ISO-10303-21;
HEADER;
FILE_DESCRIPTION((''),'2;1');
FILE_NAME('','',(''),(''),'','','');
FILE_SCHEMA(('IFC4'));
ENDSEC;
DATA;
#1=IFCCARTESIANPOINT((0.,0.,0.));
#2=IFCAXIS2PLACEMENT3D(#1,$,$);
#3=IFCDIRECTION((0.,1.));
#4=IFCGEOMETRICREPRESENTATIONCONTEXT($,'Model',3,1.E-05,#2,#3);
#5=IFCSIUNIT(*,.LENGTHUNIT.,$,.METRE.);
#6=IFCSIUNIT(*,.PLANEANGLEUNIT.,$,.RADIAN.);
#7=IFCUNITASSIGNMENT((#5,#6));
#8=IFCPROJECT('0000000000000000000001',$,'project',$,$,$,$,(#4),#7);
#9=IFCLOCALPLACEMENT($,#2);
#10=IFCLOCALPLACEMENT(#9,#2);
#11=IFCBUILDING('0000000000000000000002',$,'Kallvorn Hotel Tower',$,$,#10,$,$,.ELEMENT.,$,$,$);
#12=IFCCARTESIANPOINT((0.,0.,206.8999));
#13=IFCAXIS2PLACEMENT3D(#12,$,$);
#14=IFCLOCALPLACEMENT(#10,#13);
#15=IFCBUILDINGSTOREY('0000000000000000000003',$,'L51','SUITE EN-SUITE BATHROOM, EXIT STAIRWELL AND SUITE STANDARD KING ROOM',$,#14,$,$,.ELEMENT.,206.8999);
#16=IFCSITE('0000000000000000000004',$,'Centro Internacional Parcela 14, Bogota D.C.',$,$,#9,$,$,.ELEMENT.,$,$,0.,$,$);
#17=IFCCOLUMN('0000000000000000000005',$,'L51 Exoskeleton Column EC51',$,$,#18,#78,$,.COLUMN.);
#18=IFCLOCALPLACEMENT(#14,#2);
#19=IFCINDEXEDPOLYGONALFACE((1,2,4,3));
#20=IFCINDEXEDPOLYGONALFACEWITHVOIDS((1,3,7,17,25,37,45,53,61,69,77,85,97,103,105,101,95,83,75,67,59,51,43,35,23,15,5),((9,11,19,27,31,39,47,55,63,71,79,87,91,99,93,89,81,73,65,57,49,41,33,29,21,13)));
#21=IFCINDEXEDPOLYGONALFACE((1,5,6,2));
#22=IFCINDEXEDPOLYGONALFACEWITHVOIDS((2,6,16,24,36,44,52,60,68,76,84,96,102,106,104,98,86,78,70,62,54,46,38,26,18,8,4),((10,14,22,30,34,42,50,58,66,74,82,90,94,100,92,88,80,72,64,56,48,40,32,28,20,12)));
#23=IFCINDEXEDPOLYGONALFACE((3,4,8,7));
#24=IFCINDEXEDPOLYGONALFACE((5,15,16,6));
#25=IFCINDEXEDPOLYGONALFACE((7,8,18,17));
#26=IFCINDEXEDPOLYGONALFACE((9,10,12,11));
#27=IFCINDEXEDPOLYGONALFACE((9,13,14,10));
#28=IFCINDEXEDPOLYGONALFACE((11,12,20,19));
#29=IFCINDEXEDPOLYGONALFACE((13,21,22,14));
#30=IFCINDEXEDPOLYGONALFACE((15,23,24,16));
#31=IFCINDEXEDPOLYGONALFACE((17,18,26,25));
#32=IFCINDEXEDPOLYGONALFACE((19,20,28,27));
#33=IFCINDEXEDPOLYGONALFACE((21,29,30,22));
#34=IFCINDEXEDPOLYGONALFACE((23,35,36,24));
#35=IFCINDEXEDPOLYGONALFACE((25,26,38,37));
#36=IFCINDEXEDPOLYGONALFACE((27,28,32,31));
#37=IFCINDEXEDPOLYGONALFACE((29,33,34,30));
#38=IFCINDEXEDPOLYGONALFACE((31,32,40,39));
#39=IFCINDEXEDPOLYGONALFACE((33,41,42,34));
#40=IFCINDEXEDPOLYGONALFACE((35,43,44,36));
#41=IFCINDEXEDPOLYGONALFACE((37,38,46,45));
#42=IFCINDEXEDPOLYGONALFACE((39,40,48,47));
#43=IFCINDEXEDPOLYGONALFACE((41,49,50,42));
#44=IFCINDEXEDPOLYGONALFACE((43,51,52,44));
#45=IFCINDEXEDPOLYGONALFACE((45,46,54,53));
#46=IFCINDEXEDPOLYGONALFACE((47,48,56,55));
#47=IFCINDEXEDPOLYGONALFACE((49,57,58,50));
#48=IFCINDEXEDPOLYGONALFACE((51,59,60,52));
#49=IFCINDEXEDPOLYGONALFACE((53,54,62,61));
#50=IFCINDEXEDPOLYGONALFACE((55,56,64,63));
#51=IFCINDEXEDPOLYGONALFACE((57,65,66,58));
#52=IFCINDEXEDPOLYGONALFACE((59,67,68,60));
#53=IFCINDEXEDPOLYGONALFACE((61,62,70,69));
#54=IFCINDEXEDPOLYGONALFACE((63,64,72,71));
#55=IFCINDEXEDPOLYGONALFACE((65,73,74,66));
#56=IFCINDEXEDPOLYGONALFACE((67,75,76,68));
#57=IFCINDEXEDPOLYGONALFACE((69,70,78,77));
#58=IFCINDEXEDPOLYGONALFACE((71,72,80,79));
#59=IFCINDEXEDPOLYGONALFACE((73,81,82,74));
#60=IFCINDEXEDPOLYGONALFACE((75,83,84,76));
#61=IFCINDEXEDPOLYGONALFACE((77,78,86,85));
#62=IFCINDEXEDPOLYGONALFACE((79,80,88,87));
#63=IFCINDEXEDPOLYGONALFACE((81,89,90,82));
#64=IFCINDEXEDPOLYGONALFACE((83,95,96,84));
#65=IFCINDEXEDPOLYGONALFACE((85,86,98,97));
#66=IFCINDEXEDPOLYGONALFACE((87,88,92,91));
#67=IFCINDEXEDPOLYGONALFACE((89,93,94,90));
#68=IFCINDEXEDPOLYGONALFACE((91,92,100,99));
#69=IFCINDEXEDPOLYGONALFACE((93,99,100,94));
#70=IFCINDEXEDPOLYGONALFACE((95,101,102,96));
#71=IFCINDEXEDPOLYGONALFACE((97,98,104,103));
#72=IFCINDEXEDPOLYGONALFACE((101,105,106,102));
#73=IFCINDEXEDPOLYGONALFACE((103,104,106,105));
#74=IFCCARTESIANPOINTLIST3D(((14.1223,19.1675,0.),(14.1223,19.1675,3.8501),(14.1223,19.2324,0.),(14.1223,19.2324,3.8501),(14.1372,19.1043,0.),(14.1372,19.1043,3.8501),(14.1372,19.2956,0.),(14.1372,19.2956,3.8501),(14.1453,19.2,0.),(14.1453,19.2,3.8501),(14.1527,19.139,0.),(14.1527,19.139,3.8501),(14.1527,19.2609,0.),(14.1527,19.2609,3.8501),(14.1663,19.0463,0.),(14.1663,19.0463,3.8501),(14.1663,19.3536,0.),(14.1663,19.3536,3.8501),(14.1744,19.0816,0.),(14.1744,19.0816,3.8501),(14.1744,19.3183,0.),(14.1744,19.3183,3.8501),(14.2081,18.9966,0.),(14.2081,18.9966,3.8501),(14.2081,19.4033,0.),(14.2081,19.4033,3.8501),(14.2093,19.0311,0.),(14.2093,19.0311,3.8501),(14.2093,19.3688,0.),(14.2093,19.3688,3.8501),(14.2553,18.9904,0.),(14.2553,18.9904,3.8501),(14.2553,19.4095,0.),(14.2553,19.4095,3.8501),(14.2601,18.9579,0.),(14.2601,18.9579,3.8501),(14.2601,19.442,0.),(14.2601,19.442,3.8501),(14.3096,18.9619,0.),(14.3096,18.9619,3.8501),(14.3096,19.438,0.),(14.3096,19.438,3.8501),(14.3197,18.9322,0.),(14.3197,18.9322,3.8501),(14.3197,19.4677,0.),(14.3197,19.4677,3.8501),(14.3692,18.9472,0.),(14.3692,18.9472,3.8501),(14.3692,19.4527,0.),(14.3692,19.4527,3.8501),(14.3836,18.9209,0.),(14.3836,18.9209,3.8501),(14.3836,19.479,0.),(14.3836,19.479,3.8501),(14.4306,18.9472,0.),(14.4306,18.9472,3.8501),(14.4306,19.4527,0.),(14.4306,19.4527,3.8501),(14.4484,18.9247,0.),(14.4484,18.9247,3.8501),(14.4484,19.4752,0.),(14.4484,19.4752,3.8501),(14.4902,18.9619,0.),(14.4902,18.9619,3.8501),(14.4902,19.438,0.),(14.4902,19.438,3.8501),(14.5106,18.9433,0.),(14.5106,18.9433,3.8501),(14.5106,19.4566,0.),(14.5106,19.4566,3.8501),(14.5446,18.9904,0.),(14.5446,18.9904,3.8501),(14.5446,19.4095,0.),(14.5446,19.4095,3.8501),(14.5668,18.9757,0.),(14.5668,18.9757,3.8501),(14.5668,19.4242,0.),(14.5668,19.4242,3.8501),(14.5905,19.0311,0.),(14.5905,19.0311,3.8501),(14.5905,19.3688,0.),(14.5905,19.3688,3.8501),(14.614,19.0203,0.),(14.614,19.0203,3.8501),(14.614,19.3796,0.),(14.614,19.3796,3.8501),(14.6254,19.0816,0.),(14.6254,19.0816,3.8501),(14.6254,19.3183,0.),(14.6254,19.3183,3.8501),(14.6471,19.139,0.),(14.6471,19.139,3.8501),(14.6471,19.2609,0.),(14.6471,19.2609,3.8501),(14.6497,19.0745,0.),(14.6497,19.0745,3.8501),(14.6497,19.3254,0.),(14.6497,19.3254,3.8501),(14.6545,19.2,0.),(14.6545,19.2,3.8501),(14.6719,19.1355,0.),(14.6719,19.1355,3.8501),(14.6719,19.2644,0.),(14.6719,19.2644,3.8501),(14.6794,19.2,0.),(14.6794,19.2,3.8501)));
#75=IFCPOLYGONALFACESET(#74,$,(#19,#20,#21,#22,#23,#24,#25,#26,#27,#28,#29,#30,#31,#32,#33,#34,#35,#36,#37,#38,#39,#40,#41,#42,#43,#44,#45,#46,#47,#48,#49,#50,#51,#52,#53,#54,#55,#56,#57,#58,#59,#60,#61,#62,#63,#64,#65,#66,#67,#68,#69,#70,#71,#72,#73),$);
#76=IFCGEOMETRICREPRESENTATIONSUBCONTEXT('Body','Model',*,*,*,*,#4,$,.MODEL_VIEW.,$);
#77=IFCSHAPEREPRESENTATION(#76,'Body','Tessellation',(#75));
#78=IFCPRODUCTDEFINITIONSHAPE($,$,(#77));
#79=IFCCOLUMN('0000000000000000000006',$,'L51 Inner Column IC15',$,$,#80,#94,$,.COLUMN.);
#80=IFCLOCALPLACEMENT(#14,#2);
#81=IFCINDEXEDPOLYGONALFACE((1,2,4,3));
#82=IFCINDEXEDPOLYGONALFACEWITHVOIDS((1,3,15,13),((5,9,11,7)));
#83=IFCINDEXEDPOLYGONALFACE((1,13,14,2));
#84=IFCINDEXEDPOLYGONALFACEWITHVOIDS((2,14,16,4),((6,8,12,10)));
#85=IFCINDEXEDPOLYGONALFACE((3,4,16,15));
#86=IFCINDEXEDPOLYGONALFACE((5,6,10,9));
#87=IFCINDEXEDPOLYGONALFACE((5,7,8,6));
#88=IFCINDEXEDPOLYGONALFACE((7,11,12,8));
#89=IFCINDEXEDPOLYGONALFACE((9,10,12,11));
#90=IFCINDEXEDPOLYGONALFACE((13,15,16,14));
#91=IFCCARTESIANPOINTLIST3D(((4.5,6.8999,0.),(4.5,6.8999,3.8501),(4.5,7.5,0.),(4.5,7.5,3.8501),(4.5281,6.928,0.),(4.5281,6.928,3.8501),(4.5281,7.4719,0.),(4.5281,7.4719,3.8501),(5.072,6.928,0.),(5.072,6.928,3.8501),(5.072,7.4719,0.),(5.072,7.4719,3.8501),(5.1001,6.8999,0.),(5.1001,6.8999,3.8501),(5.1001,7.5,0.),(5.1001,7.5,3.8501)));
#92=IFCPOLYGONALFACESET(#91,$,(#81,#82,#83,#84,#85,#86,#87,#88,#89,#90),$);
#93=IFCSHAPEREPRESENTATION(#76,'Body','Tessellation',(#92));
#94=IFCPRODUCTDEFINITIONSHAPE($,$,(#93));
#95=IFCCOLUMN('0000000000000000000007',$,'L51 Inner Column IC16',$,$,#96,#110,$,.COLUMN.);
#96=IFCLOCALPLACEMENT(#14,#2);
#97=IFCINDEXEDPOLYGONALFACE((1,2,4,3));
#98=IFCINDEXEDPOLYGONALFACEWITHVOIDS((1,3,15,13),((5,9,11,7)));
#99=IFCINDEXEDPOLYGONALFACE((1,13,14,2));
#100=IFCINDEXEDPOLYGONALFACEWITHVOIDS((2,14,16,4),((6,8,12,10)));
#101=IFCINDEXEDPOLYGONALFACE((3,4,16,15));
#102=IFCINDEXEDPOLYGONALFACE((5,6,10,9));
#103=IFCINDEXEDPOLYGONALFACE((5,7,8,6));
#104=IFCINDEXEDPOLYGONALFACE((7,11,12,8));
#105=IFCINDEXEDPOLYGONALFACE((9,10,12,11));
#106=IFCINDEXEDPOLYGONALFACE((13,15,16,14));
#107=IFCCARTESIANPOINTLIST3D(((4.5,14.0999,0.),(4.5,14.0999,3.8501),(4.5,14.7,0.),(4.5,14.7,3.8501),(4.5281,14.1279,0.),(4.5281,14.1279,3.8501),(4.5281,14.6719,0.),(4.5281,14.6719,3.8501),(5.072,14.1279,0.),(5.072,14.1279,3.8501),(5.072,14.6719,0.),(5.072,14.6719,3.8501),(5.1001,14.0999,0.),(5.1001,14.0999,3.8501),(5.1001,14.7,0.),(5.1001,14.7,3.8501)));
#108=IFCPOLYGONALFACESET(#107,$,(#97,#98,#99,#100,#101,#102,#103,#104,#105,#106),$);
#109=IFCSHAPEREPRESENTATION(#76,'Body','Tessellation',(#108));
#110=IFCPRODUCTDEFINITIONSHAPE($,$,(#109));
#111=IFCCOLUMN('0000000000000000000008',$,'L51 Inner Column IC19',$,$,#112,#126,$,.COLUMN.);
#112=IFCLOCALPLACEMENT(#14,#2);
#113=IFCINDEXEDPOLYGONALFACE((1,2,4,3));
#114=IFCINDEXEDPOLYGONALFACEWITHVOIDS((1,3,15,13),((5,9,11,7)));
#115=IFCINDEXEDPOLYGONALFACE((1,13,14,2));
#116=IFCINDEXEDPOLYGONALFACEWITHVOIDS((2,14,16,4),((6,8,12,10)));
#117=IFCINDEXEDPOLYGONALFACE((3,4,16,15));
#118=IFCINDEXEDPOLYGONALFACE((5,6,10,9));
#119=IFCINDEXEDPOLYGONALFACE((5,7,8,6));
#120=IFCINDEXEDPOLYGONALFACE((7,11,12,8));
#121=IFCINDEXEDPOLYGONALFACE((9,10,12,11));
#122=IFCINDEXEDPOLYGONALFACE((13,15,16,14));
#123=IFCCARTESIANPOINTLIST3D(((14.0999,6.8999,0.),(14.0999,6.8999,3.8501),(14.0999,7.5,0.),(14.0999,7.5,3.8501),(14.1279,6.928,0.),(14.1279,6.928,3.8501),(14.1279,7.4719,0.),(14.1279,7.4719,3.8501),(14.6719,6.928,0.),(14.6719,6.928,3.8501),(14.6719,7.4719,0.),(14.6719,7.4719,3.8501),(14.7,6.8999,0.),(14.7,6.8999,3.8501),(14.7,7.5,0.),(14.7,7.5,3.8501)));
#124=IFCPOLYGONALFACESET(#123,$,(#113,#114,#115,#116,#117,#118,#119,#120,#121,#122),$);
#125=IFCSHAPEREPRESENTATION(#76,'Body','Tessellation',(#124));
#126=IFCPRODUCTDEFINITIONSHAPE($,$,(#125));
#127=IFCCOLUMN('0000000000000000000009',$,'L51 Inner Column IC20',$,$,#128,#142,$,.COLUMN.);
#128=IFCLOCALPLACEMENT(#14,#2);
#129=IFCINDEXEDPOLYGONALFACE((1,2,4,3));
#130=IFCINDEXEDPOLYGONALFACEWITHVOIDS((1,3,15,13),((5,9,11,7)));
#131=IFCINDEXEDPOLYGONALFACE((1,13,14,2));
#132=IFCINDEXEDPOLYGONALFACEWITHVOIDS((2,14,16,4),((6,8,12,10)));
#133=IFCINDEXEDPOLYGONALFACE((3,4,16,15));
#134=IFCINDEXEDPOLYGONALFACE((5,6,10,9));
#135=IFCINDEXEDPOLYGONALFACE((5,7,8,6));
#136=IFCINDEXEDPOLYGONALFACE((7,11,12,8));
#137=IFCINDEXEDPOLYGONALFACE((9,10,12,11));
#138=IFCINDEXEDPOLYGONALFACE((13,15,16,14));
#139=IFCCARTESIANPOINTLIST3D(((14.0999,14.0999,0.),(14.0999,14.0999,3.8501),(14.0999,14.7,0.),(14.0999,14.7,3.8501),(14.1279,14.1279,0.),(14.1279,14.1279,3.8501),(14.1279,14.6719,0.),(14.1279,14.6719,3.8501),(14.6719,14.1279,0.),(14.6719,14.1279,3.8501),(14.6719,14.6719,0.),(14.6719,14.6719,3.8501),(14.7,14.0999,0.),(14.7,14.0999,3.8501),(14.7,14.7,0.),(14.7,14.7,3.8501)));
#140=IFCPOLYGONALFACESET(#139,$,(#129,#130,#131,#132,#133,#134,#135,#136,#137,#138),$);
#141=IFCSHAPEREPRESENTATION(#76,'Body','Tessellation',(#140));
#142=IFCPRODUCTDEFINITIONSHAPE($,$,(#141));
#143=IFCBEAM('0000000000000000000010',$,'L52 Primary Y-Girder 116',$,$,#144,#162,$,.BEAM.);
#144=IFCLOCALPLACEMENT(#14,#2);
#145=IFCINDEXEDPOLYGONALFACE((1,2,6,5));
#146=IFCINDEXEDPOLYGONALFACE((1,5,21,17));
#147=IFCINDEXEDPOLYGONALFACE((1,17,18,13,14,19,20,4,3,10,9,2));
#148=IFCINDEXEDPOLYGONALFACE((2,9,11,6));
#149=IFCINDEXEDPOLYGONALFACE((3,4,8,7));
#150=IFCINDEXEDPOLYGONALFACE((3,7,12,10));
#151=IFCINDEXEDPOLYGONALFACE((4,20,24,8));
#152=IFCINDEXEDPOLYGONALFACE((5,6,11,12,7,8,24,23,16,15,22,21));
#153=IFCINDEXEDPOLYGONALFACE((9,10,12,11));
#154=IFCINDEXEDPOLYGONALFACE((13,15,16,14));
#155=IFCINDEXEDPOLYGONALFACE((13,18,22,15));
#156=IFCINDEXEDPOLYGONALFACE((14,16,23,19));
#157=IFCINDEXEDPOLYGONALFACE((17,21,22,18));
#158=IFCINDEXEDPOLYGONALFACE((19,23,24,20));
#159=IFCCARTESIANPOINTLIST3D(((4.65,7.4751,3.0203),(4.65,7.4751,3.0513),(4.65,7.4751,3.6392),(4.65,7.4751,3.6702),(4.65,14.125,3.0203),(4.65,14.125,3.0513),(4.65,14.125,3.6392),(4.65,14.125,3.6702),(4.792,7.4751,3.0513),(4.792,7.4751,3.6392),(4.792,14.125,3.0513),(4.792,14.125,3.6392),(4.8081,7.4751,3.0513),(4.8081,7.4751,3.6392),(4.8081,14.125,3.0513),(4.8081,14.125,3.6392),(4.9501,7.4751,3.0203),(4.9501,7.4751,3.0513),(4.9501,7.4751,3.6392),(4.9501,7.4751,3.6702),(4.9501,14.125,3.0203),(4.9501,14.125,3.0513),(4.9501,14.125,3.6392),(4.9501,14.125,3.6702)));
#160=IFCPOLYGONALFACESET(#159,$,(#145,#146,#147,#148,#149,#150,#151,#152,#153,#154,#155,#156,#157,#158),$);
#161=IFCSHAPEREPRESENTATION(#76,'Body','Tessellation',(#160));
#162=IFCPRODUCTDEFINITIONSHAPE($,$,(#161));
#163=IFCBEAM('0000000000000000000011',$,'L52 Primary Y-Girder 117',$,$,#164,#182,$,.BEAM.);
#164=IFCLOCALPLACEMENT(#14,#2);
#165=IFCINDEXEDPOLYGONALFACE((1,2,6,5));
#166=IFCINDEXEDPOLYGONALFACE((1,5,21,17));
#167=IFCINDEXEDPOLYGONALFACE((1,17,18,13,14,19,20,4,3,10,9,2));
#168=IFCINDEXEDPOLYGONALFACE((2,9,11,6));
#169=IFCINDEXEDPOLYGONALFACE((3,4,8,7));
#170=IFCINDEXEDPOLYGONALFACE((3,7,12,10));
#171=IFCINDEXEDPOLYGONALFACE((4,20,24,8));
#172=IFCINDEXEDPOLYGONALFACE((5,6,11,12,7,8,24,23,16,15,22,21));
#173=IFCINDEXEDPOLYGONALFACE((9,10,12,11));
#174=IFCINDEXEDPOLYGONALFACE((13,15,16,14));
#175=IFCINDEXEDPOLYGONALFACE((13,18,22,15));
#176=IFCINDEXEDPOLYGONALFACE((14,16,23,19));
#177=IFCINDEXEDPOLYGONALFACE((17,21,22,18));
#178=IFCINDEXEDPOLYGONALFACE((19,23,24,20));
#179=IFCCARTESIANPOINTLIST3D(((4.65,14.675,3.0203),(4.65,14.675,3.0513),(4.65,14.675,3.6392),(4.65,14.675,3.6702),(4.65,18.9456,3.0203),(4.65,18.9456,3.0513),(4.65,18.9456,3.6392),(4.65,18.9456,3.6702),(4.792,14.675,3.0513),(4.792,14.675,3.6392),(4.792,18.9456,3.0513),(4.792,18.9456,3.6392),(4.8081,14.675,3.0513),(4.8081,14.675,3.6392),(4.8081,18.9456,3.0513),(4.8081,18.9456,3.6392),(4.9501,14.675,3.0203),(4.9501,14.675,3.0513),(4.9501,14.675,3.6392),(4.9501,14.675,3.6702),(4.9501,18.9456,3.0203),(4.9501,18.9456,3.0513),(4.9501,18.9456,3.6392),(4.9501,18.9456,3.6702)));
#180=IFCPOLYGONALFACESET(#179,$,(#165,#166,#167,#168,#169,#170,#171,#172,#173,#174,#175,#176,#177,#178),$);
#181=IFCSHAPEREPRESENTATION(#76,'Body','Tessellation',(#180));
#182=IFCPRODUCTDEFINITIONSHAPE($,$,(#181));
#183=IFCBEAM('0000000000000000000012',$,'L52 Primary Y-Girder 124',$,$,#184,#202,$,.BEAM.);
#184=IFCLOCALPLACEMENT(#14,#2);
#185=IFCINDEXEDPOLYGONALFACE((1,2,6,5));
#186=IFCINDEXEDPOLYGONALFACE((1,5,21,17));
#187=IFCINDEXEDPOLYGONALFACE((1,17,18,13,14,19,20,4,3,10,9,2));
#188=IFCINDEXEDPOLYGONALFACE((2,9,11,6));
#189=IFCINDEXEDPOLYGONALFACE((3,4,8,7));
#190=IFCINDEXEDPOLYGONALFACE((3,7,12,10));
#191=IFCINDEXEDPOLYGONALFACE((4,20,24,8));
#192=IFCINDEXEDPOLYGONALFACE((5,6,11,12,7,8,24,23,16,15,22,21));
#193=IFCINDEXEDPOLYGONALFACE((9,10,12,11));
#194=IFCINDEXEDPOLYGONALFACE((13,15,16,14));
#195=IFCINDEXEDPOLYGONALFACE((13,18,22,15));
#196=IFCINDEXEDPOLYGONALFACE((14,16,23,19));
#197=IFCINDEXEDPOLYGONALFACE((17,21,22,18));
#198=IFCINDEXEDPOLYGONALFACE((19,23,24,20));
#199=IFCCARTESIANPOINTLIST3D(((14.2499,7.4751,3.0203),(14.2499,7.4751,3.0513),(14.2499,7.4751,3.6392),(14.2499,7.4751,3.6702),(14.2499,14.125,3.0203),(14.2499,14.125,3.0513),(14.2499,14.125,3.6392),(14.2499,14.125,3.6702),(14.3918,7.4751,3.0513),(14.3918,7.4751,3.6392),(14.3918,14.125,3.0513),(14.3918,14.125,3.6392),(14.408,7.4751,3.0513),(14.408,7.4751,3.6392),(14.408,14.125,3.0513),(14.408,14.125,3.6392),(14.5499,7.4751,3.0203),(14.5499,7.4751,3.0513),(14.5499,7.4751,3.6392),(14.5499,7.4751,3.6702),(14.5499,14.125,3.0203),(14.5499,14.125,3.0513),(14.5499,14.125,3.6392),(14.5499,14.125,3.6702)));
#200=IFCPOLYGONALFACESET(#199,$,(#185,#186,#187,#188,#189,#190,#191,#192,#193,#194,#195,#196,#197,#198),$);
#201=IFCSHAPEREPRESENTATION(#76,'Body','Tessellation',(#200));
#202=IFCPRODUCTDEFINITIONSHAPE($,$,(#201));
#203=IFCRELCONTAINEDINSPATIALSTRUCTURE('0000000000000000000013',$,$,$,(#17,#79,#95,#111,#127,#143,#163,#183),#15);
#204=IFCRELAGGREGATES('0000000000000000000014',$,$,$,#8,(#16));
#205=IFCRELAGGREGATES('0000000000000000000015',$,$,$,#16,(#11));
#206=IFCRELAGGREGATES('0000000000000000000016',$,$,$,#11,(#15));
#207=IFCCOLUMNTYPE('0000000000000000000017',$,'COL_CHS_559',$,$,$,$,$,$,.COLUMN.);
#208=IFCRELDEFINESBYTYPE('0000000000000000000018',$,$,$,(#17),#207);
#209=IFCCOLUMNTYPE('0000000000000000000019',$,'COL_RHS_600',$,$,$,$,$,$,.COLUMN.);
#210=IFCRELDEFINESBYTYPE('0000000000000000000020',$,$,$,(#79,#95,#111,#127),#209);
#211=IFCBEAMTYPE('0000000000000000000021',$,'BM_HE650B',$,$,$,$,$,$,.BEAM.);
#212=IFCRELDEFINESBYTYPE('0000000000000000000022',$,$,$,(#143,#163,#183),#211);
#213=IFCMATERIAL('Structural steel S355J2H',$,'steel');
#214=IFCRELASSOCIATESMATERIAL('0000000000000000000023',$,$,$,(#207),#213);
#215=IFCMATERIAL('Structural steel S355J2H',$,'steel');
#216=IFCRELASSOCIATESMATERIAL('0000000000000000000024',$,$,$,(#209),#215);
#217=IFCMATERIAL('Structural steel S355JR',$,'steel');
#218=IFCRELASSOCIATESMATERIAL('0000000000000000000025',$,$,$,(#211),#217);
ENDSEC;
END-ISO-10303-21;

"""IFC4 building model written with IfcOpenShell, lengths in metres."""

from ifc_helpers import new_model, si_unit, direction, frame, origin, origin_2d, place, context, subcontext, project, spatial, hollow_rectangle, hollow_circle, i_section, extrude, material, material_profile, profile_set, type_object, element, save


model = new_model("IFC4")

# Units and contexts
model_context = context("Model", 3, precision=1e-05, world=origin(), true_north=direction((0.0, 1.0)))
body_context = subcontext(model_context, "Body", "Model", "MODEL_VIEW")
ifc_project = project(units=[si_unit("LENGTHUNIT", "METRE"), si_unit("PLANEANGLEUNIT", "RADIAN")], contexts=[model_context])

# Site, building, storey
site_placement = place(None, origin())
site = spatial("IfcSite", under=ifc_project, at=site_placement, Name="Centro Internacional Parcela 14, Bogota D.C.", CompositionType="ELEMENT", RefElevation=0.0)
building_placement = place(site_placement, origin())
building = spatial("IfcBuilding", under=site, at=building_placement, Name="Kallvorn Hotel Tower", CompositionType="ELEMENT")
storey_placement = place(building_placement, frame((0.0, 0.0, 206.8999)))
storey = spatial("IfcBuildingStorey", under=building, at=storey_placement, Name="L51", Description="SUITE EN-SUITE BATHROOM, EXIT STAIRWELL AND SUITE STANDARD KING ROOM", CompositionType="ELEMENT", Elevation=206.8999)

# Columns
ifc_material_1 = material(Name="Structural steel S355J2H", Category="steel")
ifc_material_profile_1 = material_profile(ifc_material_1, hollow_circle(Radius=0.2795, WallThickness=0.0249, at=origin_2d()), Name="CHS 559x25")
ifc_profile_set_1 = profile_set([ifc_material_profile_1], Name="Structural steel S355J2H")
column_type_1 = type_object("IfcColumnType", Name="COL_CHS_559", PredefinedType="COLUMN", material=ifc_profile_set_1)
for number, where, z_axis, x_axis, name in (
    (1, (14.3999, 19.2, 0.0), (0.0, 0.0, 1.0), (1.0, 0.0, 0.0), "L51 Exoskeleton Column EC51"),
):
    element("IfcColumn", number, at=place(storey_placement, frame(where, z_axis=z_axis, x_axis=x_axis)), inside=storey, type_object=column_type_1, Name=name, PredefinedType="COLUMN", context=body_context, shape_type="SweptSolid", body=[
        extrude(hollow_circle(Radius=0.2795, WallThickness=0.0249, at=origin_2d()), origin(), (0.0, 0.0, 1.0), 3.8501),
    ])
ifc_material_2 = material(Name="Structural steel S355J2H", Category="steel")
ifc_material_profile_2 = material_profile(ifc_material_2, hollow_rectangle(XDim=0.6001, YDim=0.6001, WallThickness=0.0281, at=origin_2d()), Name="RHS 600x600x28")
ifc_profile_set_2 = profile_set([ifc_material_profile_2], Name="Structural steel S355J2H")
column_type_2 = type_object("IfcColumnType", Name="COL_RHS_600", PredefinedType="COLUMN", material=ifc_profile_set_2)
for number, where, z_axis, x_axis, name in (
    (2, (4.8, 7.2, 0.0), (0.0, 0.0, 1.0), (1.0, 0.0, 0.0), "L51 Inner Column IC15"),
    (3, (4.8, 14.3999, 0.0), (0.0, 0.0, 1.0), (1.0, 0.0, 0.0), "L51 Inner Column IC16"),
    (4, (14.3999, 7.2, 0.0), (0.0, 0.0, 1.0), (1.0, 0.0, 0.0), "L51 Inner Column IC19"),
    (5, (14.3999, 14.3999, 0.0), (0.0, 0.0, 1.0), (1.0, 0.0, 0.0), "L51 Inner Column IC20"),
):
    element("IfcColumn", number, at=place(storey_placement, frame(where, z_axis=z_axis, x_axis=x_axis)), inside=storey, type_object=column_type_2, Name=name, PredefinedType="COLUMN", context=body_context, shape_type="SweptSolid", body=[
        extrude(hollow_rectangle(XDim=0.6001, YDim=0.6001, WallThickness=0.0281, at=origin_2d()), origin(), (0.0, 0.0, 1.0), 3.8501),
    ])

# Beams
ifc_material_3 = material(Name="Structural steel S355JR", Category="steel")
ifc_material_profile_3 = material_profile(ifc_material_3, i_section(OverallWidth=0.3, OverallDepth=0.6499, WebThickness=0.0161, FlangeThickness=0.031, at=origin_2d()), Name="HE 650 B")
ifc_profile_set_3 = profile_set([ifc_material_profile_3], Name="Structural steel S355JR")
beam_type_1 = type_object("IfcBeamType", Name="BM_HE650B", PredefinedType="BEAM", material=ifc_profile_set_3)
beam_1_placement = place(storey_placement, frame((4.8, 7.4751, 3.3452), z_axis=(0.0, 1.0, 0.0), x_axis=(-1.0, 0.0, 0.0)))
element("IfcBeam", 6, at=beam_1_placement, inside=storey, type_object=beam_type_1, Name="L52 Primary Y-Girder 116", PredefinedType="BEAM", context=body_context, shape_type="SweptSolid", body=[
    extrude(i_section(OverallWidth=0.3, OverallDepth=0.6499, WebThickness=0.0161, FlangeThickness=0.031, at=origin_2d()), origin(), (0.0, 0.0, 1.0), 6.6499),
])
beam_2_placement = place(storey_placement, frame((4.8, 14.675, 3.3452), z_axis=(0.0, 1.0, 0.0), x_axis=(-1.0, 0.0, 0.0)))
element("IfcBeam", 7, at=beam_2_placement, inside=storey, type_object=beam_type_1, Name="L52 Primary Y-Girder 117", PredefinedType="BEAM", context=body_context, shape_type="SweptSolid", body=[
    extrude(i_section(OverallWidth=0.3, OverallDepth=0.6499, WebThickness=0.0161, FlangeThickness=0.031, at=origin_2d()), origin(), (0.0, 0.0, 1.0), 4.2705),
])
beam_3_placement = place(storey_placement, frame((14.3999, 7.4751, 3.3452), z_axis=(0.0, 1.0, 0.0), x_axis=(-1.0, 0.0, 0.0)))
element("IfcBeam", 8, at=beam_3_placement, inside=storey, type_object=beam_type_1, Name="L52 Primary Y-Girder 124", PredefinedType="BEAM", context=body_context, shape_type="SweptSolid", body=[
    extrude(i_section(OverallWidth=0.3, OverallDepth=0.6499, WebThickness=0.0161, FlangeThickness=0.031, at=origin_2d()), origin(), (0.0, 0.0, 1.0), 6.6499),
])

save(model, "model.ifc")
